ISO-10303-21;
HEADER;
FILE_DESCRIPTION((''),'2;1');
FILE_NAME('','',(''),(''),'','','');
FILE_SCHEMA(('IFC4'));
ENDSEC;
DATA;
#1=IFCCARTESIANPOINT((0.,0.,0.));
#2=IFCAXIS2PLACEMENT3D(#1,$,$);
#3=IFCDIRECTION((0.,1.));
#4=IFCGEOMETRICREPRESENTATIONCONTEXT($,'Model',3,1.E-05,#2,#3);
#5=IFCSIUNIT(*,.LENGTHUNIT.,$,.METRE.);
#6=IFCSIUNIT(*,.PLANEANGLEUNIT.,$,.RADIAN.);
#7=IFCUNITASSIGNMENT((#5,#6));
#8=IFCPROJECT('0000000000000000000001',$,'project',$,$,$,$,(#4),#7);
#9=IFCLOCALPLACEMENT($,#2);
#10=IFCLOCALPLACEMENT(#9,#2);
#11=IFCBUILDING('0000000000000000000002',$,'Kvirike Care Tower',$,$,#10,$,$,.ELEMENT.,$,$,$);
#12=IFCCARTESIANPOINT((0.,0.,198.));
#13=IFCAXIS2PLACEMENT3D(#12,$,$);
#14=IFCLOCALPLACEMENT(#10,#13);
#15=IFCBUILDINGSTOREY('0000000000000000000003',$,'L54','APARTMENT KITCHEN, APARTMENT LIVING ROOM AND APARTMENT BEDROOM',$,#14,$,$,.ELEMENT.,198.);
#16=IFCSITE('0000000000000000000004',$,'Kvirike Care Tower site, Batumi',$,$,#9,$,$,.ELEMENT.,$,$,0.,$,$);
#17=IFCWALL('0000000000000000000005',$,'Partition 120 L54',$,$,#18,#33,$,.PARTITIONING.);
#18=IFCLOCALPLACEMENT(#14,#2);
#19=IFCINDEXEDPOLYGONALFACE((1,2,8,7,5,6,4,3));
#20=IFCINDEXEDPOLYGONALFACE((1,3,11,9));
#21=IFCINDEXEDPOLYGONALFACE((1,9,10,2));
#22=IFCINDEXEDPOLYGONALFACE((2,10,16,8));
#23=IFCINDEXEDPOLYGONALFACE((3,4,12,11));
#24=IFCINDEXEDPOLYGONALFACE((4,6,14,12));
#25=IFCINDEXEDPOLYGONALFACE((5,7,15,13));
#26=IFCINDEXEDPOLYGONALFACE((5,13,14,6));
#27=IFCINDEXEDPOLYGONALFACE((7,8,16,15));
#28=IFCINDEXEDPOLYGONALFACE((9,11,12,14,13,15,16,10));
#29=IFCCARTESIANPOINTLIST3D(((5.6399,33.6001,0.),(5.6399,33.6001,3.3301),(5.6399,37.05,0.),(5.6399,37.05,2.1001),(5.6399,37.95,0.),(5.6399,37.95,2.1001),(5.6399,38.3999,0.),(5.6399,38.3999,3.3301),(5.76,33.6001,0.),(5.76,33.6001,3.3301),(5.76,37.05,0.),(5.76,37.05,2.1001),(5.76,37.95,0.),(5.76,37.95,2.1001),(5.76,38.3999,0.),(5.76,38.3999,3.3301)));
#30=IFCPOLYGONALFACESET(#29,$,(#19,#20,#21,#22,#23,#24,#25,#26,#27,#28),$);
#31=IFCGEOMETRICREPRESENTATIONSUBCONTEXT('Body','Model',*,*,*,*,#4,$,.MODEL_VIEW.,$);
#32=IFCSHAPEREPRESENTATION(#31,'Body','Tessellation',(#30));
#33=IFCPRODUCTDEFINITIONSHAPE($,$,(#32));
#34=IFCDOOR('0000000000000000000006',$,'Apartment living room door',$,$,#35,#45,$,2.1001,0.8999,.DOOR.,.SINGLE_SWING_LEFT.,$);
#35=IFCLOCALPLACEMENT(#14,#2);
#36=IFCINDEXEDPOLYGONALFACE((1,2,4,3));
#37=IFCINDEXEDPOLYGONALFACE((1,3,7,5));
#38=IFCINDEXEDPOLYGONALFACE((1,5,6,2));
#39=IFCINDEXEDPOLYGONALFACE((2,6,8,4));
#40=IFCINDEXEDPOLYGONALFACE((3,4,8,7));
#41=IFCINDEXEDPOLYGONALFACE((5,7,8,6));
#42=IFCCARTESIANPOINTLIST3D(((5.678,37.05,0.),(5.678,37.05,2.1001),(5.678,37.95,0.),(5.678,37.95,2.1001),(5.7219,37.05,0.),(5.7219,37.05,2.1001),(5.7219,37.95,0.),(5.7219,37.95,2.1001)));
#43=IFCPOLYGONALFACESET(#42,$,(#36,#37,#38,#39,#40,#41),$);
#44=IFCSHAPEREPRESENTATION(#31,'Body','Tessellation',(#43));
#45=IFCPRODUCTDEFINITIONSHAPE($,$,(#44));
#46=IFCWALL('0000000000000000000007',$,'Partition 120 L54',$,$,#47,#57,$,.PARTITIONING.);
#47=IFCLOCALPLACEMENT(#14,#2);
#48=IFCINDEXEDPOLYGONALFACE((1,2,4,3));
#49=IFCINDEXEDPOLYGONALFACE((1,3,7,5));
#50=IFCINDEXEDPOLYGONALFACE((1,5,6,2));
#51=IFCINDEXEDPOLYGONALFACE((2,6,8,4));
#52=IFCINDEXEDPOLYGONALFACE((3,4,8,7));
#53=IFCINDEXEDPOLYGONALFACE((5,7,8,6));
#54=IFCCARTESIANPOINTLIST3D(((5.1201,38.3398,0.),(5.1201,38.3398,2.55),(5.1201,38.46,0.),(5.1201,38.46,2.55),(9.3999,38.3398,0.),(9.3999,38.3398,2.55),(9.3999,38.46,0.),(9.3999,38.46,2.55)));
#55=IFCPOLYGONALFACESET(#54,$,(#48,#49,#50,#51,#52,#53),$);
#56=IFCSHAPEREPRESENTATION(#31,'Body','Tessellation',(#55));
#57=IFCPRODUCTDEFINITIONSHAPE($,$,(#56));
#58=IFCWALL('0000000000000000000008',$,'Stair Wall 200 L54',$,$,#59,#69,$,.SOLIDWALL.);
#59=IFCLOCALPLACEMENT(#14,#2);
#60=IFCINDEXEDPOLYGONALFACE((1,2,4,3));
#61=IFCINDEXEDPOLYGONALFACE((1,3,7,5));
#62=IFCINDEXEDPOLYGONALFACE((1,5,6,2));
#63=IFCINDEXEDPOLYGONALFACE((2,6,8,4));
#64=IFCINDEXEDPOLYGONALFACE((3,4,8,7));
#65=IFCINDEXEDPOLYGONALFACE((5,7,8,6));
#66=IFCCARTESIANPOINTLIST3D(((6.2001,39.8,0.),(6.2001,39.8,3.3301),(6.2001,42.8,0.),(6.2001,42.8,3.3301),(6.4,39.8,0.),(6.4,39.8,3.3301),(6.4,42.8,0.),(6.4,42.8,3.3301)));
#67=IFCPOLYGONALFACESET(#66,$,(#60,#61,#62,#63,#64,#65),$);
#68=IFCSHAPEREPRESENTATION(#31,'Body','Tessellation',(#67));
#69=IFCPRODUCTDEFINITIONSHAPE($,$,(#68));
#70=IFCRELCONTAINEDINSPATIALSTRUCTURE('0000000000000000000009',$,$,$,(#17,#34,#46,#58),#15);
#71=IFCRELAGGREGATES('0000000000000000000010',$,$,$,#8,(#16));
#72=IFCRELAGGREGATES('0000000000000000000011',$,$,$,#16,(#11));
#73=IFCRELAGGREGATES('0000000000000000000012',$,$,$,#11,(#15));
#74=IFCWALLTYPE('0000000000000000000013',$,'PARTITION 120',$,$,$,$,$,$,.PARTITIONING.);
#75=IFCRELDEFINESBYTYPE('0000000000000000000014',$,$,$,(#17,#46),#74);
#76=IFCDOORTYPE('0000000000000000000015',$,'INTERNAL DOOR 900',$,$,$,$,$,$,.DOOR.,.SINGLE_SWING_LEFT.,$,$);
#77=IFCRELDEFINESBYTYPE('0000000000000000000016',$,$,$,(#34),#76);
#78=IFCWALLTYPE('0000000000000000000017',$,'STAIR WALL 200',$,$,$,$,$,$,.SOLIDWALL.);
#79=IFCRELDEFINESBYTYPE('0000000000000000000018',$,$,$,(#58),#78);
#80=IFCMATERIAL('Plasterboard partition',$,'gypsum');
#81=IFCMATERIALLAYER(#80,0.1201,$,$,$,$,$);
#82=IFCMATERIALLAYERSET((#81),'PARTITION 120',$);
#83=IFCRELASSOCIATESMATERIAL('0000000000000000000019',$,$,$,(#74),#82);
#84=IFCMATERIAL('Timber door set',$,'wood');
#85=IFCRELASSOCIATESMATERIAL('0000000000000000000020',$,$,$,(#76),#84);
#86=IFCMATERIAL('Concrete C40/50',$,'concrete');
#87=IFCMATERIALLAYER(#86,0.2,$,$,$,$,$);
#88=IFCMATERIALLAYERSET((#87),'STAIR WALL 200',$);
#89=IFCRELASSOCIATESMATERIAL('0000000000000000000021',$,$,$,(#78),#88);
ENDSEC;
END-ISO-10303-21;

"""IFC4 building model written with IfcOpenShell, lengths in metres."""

from ifc_helpers import new_model, si_unit, direction, frame, frame_2d, origin, place, context, subcontext, project, spatial, rectangle, extrude, material, layer, layer_set, type_object, element, fill, save


model = new_model("IFC4")

# Units and contexts
model_context = context("Model", 3, precision=1e-05, world=origin(), true_north=direction((0.0, 1.0)))
body_context = subcontext(model_context, "Body", "Model", "MODEL_VIEW")
ifc_project = project(units=[si_unit("LENGTHUNIT", "METRE"), si_unit("PLANEANGLEUNIT", "RADIAN")], contexts=[model_context])

# Site, building, storey
site_placement = place(None, origin())
site = spatial("IfcSite", under=ifc_project, at=site_placement, Name="Kvirike Care Tower site, Batumi", CompositionType="ELEMENT", RefElevation=0.0)
building_placement = place(site_placement, origin())
building = spatial("IfcBuilding", under=site, at=building_placement, Name="Kvirike Care Tower", CompositionType="ELEMENT")
storey_placement = place(building_placement, frame((0.0, 0.0, 198.0)))
storey = spatial("IfcBuildingStorey", under=building, at=storey_placement, Name="L54", Description="APARTMENT KITCHEN, APARTMENT LIVING ROOM AND APARTMENT BEDROOM", CompositionType="ELEMENT", Elevation=198.0)

# Wall, opening, door
ifc_material_1 = material(Name="Plasterboard partition", Category="gypsum")
ifc_layer_1 = layer(ifc_material_1, 0.1201)
ifc_layer_set_1 = layer_set([ifc_layer_1], Name="PARTITION 120")
wall_type_1 = type_object("IfcWallType", Name="PARTITION 120", PredefinedType="PARTITIONING", material=ifc_layer_set_1)
wall_1_placement = place(storey_placement, frame((5.7, 38.3999, 0.0), z_axis=(0.0, 0.0, 1.0), x_axis=(0.0, -1.0, 0.0)))
wall_1 = element("IfcWall", 1, at=wall_1_placement, inside=storey, type_object=wall_type_1, Name="Partition 120 L54", PredefinedType="PARTITIONING", context=body_context, shape_type="SweptSolid", body=[
    extrude(rectangle(XDim=4.7998, YDim=0.1201, at=frame_2d((2.3999, 0.0))), origin(), (0.0, 0.0, 1.0), 3.3301),
])
opening_placement = place(wall_1_placement, frame((0.45, 0.0, 0.0)))
opening = element("IfcOpeningElement", 2, at=opening_placement, cuts=wall_1, PredefinedType="OPENING", context=body_context, shape_type="SweptSolid", body=[
    extrude(rectangle(XDim=0.8999, YDim=2.1001, at=frame_2d((0.45, 1.05))), frame((0.0, 0.0706, 0.0), z_axis=(0.0, -1.0, 0.0), x_axis=(1.0, 0.0, 0.0)), (0.0, 0.0, 1.0), 0.1411),
])
ifc_material_2 = material(Name="Timber door set", Category="wood")
door_type = type_object("IfcDoorType", Name="INTERNAL DOOR 900", OperationType="SINGLE_SWING_LEFT", PredefinedType="DOOR", material=ifc_material_2)
door_placement = place(opening_placement, frame((0.8999, 0.0, 0.0), z_axis=(0.0, 0.0, 1.0), x_axis=(-1.0, 0.0, 0.0)))
door = element("IfcDoor", 3, at=door_placement, inside=storey, type_object=door_type, Name="Apartment living room door", OperationType="SINGLE_SWING_LEFT", OverallHeight=2.1001, OverallWidth=0.8999, PredefinedType="DOOR", context=body_context, shape_type="SweptSolid", body=[
    extrude(rectangle(XDim=0.8999, YDim=2.1001, at=frame_2d((0.45, 1.05))), frame((0.0, 0.022, 0.0), z_axis=(0.0, -1.0, 0.0), x_axis=(1.0, 0.0, 0.0)), (0.0, 0.0, 1.0), 0.0439),
])
fill(opening, door)

# Walls
wall_2_placement = place(storey_placement, frame((5.1201, 38.3999, 0.0), z_axis=(0.0, 0.0, 1.0), x_axis=(1.0, 0.0, 0.0)))
element("IfcWall", 4, at=wall_2_placement, inside=storey, type_object=wall_type_1, Name="Partition 120 L54", PredefinedType="PARTITIONING", context=body_context, shape_type="SweptSolid", body=[
    extrude(rectangle(XDim=4.2798, YDim=0.1201, at=frame_2d((2.1399, 0.0))), origin(), (0.0, 0.0, 1.0), 2.55),
])
ifc_material_3 = material(Name="Concrete C40/50", Category="concrete")
ifc_layer_2 = layer(ifc_material_3, 0.2)
ifc_layer_set_2 = layer_set([ifc_layer_2], Name="STAIR WALL 200")
wall_type_2 = type_object("IfcWallType", Name="STAIR WALL 200", PredefinedType="SOLIDWALL", material=ifc_layer_set_2)
wall_3_placement = place(storey_placement, frame((6.3, 42.8, 0.0), z_axis=(0.0, 0.0, 1.0), x_axis=(0.0, -1.0, 0.0)))
element("IfcWall", 5, at=wall_3_placement, inside=storey, type_object=wall_type_2, Name="Stair Wall 200 L54", PredefinedType="SOLIDWALL", context=body_context, shape_type="SweptSolid", body=[
    extrude(rectangle(XDim=3.0, YDim=0.2, at=frame_2d((1.5, 0.0))), origin(), (0.0, 0.0, 1.0), 3.3301),
])

save(model, "model.ifc")
